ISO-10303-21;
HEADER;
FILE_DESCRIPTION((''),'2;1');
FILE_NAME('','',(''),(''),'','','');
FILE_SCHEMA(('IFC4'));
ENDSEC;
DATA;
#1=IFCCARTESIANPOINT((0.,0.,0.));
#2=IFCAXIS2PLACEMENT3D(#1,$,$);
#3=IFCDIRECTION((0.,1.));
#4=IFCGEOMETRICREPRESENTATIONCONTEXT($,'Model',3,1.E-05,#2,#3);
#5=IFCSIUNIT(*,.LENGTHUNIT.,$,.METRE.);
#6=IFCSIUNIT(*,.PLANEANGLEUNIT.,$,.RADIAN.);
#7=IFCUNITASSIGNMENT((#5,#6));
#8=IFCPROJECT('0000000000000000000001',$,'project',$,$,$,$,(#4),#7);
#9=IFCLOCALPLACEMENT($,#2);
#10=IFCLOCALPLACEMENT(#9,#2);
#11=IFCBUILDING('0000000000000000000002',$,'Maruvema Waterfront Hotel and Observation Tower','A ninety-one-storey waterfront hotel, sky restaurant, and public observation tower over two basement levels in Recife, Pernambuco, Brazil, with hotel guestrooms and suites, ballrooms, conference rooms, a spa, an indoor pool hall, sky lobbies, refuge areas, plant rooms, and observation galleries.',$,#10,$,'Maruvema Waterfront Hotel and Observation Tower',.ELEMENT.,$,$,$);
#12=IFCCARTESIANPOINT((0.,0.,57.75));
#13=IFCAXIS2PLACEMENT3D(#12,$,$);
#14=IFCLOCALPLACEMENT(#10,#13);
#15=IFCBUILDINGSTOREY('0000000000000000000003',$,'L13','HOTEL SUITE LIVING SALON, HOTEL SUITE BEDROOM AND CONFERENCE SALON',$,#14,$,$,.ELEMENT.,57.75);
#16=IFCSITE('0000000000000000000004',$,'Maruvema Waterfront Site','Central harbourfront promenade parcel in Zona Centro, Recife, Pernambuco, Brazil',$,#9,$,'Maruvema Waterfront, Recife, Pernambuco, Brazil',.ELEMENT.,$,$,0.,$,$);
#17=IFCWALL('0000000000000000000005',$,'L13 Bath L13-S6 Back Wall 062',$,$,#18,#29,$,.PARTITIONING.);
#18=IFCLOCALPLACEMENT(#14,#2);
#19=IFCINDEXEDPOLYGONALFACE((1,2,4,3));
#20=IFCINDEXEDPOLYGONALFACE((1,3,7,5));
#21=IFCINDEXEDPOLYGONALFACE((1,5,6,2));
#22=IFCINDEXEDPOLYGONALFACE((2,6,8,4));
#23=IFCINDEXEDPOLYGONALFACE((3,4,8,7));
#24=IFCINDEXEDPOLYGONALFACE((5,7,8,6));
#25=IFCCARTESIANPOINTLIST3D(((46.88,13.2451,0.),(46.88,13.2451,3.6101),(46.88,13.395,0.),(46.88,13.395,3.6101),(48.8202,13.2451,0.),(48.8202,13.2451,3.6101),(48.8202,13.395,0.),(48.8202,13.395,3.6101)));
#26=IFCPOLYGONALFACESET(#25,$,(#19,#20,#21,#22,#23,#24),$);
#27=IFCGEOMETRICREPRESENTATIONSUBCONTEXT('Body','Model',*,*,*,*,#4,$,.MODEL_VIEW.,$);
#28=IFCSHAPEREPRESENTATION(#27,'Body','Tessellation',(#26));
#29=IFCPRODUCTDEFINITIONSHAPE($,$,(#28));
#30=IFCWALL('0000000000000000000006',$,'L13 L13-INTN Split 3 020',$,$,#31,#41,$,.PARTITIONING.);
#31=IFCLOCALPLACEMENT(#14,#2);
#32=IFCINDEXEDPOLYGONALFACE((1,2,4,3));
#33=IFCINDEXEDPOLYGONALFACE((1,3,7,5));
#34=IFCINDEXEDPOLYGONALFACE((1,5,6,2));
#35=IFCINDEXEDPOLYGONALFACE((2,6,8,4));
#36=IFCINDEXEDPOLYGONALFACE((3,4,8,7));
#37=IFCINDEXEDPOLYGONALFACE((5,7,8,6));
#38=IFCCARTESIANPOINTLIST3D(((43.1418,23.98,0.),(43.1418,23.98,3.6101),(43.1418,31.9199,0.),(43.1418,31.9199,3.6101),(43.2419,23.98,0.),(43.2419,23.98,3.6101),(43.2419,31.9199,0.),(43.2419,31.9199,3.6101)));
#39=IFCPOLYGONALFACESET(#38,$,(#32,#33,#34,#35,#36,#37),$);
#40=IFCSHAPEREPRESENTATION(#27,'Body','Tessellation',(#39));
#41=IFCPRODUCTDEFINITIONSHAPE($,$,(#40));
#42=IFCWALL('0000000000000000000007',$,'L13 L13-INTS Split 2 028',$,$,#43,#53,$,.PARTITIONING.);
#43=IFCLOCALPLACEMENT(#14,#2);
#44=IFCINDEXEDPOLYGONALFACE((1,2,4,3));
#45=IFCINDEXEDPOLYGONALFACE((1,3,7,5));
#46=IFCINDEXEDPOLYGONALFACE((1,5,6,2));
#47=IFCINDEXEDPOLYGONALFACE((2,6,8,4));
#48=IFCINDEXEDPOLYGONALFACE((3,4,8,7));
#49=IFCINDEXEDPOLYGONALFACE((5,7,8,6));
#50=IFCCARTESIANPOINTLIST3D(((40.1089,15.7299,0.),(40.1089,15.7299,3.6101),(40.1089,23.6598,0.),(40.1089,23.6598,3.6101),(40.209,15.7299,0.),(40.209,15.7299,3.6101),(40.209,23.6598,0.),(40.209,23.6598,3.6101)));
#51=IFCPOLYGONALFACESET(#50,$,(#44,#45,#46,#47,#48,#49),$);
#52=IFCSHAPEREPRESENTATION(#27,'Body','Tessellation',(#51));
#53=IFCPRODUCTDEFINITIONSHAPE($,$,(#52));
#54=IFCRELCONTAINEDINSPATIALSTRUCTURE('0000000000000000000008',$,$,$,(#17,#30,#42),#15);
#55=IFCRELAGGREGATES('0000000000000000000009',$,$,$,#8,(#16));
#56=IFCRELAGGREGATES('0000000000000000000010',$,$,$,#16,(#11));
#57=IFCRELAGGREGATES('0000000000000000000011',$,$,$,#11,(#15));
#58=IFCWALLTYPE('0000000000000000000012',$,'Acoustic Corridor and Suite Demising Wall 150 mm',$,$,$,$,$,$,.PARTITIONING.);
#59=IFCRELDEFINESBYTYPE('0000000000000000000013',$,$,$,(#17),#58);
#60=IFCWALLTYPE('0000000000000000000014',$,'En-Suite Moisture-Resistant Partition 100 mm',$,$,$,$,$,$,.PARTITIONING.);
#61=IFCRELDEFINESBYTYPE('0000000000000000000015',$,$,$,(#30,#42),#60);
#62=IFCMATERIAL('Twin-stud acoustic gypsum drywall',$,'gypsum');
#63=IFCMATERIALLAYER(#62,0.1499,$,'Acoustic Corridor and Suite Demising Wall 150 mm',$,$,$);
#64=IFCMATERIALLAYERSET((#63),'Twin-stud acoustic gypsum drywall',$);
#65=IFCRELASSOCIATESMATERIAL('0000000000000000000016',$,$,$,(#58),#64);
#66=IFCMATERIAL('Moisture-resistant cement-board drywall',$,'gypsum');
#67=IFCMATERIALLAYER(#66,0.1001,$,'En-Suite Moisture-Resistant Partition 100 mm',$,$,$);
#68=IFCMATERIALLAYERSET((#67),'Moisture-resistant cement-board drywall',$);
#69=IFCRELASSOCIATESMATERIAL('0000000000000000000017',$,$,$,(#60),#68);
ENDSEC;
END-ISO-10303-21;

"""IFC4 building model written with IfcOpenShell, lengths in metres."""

from ifc_helpers import new_model, si_unit, direction, frame, frame_2d, origin, place, context, subcontext, project, spatial, rectangle, extrude, material, layer, layer_set, type_object, element, save


model = new_model("IFC4")

# Units and contexts
model_context = context("Model", 3, precision=1e-05, world=origin(), true_north=direction((0.0, 1.0)))
body_context = subcontext(model_context, "Body", "Model", "MODEL_VIEW")
ifc_project = project(units=[si_unit("LENGTHUNIT", "METRE"), si_unit("PLANEANGLEUNIT", "RADIAN")], contexts=[model_context])

# Site, building, storey
site_placement = place(None, origin())
site = spatial("IfcSite", under=ifc_project, at=site_placement, Name="Maruvema Waterfront Site", Description="Central harbourfront promenade parcel in Zona Centro, Recife, Pernambuco, Brazil", LongName="Maruvema Waterfront, Recife, Pernambuco, Brazil", CompositionType="ELEMENT", RefElevation=0.0)
building_placement = place(site_placement, origin())
building = spatial("IfcBuilding", under=site, at=building_placement, Name="Maruvema Waterfront Hotel and Observation Tower", Description="A ninety-one-storey waterfront hotel, sky restaurant, and public observation tower over two basement levels in Recife, Pernambuco, Brazil, with hotel guestrooms and suites, ballrooms, conference rooms, a spa, an indoor pool hall, sky lobbies, refuge areas, plant rooms, and observation galleries.", LongName="Maruvema Waterfront Hotel and Observation Tower", CompositionType="ELEMENT")
storey_placement = place(building_placement, frame((0.0, 0.0, 57.75)))
storey = spatial("IfcBuildingStorey", under=building, at=storey_placement, Name="L13", Description="HOTEL SUITE LIVING SALON, HOTEL SUITE BEDROOM AND CONFERENCE SALON", CompositionType="ELEMENT", Elevation=57.75)

# Shared definitions
ifc_material_1 = material(Name="Twin-stud acoustic gypsum drywall", Category="gypsum")
ifc_layer_1 = layer(ifc_material_1, 0.1499, Name="Acoustic Corridor and Suite Demising Wall 150 mm")
ifc_layer_set_1 = layer_set([ifc_layer_1], Name="Twin-stud acoustic gypsum drywall")
wall_type_1 = type_object("IfcWallType", Name="Acoustic Corridor and Suite Demising Wall 150 mm", PredefinedType="PARTITIONING", material=ifc_layer_set_1)

# Wall
wall_1_placement = place(storey_placement, frame((46.8799, 13.3201, 0.0), z_axis=(0.0, 0.0, 1.0), x_axis=(1.0, 0.0, 0.0)))
element("IfcWall", 1, at=wall_1_placement, inside=storey, type_object=wall_type_1, Name="L13 Bath L13-S6 Back Wall 062", PredefinedType="PARTITIONING", context=body_context, shape_type="SweptSolid", body=[
    extrude(rectangle(XDim=1.9402, YDim=0.1499, at=frame_2d((0.9702, 0.0))), origin(), (0.0, 0.0, 1.0), 3.6101),
])

# Walls
ifc_material_2 = material(Name="Moisture-resistant cement-board drywall", Category="gypsum")
ifc_layer_2 = layer(ifc_material_2, 0.1001, Name="En-Suite Moisture-Resistant Partition 100 mm")
ifc_layer_set_2 = layer_set([ifc_layer_2], Name="Moisture-resistant cement-board drywall")
wall_type_2 = type_object("IfcWallType", Name="En-Suite Moisture-Resistant Partition 100 mm", PredefinedType="PARTITIONING", material=ifc_layer_set_2)
wall_2_placement = place(storey_placement, frame((43.1919, 23.98, 0.0), z_axis=(0.0, 0.0, 1.0), x_axis=(0.0, 1.0, 0.0)))
element("IfcWall", 2, at=wall_2_placement, inside=storey, type_object=wall_type_2, Name="L13 L13-INTN Split 3 020", PredefinedType="PARTITIONING", context=body_context, shape_type="SweptSolid", body=[
    extrude(rectangle(XDim=7.9399, YDim=0.1001, at=frame_2d((3.97, 0.0))), origin(), (0.0, 0.0, 1.0), 3.6101),
])
wall_3_placement = place(storey_placement, frame((40.1589, 15.73, 0.0), z_axis=(0.0, 0.0, 1.0), x_axis=(0.0, 1.0, 0.0)))
element("IfcWall", 3, at=wall_3_placement, inside=storey, type_object=wall_type_2, Name="L13 L13-INTS Split 2 028", PredefinedType="PARTITIONING", context=body_context, shape_type="SweptSolid", body=[
    extrude(rectangle(XDim=7.9299, YDim=0.1001, at=frame_2d((3.9648, 0.0))), origin(), (0.0, 0.0, 1.0), 3.6101),
])

save(model, "model.ifc")
